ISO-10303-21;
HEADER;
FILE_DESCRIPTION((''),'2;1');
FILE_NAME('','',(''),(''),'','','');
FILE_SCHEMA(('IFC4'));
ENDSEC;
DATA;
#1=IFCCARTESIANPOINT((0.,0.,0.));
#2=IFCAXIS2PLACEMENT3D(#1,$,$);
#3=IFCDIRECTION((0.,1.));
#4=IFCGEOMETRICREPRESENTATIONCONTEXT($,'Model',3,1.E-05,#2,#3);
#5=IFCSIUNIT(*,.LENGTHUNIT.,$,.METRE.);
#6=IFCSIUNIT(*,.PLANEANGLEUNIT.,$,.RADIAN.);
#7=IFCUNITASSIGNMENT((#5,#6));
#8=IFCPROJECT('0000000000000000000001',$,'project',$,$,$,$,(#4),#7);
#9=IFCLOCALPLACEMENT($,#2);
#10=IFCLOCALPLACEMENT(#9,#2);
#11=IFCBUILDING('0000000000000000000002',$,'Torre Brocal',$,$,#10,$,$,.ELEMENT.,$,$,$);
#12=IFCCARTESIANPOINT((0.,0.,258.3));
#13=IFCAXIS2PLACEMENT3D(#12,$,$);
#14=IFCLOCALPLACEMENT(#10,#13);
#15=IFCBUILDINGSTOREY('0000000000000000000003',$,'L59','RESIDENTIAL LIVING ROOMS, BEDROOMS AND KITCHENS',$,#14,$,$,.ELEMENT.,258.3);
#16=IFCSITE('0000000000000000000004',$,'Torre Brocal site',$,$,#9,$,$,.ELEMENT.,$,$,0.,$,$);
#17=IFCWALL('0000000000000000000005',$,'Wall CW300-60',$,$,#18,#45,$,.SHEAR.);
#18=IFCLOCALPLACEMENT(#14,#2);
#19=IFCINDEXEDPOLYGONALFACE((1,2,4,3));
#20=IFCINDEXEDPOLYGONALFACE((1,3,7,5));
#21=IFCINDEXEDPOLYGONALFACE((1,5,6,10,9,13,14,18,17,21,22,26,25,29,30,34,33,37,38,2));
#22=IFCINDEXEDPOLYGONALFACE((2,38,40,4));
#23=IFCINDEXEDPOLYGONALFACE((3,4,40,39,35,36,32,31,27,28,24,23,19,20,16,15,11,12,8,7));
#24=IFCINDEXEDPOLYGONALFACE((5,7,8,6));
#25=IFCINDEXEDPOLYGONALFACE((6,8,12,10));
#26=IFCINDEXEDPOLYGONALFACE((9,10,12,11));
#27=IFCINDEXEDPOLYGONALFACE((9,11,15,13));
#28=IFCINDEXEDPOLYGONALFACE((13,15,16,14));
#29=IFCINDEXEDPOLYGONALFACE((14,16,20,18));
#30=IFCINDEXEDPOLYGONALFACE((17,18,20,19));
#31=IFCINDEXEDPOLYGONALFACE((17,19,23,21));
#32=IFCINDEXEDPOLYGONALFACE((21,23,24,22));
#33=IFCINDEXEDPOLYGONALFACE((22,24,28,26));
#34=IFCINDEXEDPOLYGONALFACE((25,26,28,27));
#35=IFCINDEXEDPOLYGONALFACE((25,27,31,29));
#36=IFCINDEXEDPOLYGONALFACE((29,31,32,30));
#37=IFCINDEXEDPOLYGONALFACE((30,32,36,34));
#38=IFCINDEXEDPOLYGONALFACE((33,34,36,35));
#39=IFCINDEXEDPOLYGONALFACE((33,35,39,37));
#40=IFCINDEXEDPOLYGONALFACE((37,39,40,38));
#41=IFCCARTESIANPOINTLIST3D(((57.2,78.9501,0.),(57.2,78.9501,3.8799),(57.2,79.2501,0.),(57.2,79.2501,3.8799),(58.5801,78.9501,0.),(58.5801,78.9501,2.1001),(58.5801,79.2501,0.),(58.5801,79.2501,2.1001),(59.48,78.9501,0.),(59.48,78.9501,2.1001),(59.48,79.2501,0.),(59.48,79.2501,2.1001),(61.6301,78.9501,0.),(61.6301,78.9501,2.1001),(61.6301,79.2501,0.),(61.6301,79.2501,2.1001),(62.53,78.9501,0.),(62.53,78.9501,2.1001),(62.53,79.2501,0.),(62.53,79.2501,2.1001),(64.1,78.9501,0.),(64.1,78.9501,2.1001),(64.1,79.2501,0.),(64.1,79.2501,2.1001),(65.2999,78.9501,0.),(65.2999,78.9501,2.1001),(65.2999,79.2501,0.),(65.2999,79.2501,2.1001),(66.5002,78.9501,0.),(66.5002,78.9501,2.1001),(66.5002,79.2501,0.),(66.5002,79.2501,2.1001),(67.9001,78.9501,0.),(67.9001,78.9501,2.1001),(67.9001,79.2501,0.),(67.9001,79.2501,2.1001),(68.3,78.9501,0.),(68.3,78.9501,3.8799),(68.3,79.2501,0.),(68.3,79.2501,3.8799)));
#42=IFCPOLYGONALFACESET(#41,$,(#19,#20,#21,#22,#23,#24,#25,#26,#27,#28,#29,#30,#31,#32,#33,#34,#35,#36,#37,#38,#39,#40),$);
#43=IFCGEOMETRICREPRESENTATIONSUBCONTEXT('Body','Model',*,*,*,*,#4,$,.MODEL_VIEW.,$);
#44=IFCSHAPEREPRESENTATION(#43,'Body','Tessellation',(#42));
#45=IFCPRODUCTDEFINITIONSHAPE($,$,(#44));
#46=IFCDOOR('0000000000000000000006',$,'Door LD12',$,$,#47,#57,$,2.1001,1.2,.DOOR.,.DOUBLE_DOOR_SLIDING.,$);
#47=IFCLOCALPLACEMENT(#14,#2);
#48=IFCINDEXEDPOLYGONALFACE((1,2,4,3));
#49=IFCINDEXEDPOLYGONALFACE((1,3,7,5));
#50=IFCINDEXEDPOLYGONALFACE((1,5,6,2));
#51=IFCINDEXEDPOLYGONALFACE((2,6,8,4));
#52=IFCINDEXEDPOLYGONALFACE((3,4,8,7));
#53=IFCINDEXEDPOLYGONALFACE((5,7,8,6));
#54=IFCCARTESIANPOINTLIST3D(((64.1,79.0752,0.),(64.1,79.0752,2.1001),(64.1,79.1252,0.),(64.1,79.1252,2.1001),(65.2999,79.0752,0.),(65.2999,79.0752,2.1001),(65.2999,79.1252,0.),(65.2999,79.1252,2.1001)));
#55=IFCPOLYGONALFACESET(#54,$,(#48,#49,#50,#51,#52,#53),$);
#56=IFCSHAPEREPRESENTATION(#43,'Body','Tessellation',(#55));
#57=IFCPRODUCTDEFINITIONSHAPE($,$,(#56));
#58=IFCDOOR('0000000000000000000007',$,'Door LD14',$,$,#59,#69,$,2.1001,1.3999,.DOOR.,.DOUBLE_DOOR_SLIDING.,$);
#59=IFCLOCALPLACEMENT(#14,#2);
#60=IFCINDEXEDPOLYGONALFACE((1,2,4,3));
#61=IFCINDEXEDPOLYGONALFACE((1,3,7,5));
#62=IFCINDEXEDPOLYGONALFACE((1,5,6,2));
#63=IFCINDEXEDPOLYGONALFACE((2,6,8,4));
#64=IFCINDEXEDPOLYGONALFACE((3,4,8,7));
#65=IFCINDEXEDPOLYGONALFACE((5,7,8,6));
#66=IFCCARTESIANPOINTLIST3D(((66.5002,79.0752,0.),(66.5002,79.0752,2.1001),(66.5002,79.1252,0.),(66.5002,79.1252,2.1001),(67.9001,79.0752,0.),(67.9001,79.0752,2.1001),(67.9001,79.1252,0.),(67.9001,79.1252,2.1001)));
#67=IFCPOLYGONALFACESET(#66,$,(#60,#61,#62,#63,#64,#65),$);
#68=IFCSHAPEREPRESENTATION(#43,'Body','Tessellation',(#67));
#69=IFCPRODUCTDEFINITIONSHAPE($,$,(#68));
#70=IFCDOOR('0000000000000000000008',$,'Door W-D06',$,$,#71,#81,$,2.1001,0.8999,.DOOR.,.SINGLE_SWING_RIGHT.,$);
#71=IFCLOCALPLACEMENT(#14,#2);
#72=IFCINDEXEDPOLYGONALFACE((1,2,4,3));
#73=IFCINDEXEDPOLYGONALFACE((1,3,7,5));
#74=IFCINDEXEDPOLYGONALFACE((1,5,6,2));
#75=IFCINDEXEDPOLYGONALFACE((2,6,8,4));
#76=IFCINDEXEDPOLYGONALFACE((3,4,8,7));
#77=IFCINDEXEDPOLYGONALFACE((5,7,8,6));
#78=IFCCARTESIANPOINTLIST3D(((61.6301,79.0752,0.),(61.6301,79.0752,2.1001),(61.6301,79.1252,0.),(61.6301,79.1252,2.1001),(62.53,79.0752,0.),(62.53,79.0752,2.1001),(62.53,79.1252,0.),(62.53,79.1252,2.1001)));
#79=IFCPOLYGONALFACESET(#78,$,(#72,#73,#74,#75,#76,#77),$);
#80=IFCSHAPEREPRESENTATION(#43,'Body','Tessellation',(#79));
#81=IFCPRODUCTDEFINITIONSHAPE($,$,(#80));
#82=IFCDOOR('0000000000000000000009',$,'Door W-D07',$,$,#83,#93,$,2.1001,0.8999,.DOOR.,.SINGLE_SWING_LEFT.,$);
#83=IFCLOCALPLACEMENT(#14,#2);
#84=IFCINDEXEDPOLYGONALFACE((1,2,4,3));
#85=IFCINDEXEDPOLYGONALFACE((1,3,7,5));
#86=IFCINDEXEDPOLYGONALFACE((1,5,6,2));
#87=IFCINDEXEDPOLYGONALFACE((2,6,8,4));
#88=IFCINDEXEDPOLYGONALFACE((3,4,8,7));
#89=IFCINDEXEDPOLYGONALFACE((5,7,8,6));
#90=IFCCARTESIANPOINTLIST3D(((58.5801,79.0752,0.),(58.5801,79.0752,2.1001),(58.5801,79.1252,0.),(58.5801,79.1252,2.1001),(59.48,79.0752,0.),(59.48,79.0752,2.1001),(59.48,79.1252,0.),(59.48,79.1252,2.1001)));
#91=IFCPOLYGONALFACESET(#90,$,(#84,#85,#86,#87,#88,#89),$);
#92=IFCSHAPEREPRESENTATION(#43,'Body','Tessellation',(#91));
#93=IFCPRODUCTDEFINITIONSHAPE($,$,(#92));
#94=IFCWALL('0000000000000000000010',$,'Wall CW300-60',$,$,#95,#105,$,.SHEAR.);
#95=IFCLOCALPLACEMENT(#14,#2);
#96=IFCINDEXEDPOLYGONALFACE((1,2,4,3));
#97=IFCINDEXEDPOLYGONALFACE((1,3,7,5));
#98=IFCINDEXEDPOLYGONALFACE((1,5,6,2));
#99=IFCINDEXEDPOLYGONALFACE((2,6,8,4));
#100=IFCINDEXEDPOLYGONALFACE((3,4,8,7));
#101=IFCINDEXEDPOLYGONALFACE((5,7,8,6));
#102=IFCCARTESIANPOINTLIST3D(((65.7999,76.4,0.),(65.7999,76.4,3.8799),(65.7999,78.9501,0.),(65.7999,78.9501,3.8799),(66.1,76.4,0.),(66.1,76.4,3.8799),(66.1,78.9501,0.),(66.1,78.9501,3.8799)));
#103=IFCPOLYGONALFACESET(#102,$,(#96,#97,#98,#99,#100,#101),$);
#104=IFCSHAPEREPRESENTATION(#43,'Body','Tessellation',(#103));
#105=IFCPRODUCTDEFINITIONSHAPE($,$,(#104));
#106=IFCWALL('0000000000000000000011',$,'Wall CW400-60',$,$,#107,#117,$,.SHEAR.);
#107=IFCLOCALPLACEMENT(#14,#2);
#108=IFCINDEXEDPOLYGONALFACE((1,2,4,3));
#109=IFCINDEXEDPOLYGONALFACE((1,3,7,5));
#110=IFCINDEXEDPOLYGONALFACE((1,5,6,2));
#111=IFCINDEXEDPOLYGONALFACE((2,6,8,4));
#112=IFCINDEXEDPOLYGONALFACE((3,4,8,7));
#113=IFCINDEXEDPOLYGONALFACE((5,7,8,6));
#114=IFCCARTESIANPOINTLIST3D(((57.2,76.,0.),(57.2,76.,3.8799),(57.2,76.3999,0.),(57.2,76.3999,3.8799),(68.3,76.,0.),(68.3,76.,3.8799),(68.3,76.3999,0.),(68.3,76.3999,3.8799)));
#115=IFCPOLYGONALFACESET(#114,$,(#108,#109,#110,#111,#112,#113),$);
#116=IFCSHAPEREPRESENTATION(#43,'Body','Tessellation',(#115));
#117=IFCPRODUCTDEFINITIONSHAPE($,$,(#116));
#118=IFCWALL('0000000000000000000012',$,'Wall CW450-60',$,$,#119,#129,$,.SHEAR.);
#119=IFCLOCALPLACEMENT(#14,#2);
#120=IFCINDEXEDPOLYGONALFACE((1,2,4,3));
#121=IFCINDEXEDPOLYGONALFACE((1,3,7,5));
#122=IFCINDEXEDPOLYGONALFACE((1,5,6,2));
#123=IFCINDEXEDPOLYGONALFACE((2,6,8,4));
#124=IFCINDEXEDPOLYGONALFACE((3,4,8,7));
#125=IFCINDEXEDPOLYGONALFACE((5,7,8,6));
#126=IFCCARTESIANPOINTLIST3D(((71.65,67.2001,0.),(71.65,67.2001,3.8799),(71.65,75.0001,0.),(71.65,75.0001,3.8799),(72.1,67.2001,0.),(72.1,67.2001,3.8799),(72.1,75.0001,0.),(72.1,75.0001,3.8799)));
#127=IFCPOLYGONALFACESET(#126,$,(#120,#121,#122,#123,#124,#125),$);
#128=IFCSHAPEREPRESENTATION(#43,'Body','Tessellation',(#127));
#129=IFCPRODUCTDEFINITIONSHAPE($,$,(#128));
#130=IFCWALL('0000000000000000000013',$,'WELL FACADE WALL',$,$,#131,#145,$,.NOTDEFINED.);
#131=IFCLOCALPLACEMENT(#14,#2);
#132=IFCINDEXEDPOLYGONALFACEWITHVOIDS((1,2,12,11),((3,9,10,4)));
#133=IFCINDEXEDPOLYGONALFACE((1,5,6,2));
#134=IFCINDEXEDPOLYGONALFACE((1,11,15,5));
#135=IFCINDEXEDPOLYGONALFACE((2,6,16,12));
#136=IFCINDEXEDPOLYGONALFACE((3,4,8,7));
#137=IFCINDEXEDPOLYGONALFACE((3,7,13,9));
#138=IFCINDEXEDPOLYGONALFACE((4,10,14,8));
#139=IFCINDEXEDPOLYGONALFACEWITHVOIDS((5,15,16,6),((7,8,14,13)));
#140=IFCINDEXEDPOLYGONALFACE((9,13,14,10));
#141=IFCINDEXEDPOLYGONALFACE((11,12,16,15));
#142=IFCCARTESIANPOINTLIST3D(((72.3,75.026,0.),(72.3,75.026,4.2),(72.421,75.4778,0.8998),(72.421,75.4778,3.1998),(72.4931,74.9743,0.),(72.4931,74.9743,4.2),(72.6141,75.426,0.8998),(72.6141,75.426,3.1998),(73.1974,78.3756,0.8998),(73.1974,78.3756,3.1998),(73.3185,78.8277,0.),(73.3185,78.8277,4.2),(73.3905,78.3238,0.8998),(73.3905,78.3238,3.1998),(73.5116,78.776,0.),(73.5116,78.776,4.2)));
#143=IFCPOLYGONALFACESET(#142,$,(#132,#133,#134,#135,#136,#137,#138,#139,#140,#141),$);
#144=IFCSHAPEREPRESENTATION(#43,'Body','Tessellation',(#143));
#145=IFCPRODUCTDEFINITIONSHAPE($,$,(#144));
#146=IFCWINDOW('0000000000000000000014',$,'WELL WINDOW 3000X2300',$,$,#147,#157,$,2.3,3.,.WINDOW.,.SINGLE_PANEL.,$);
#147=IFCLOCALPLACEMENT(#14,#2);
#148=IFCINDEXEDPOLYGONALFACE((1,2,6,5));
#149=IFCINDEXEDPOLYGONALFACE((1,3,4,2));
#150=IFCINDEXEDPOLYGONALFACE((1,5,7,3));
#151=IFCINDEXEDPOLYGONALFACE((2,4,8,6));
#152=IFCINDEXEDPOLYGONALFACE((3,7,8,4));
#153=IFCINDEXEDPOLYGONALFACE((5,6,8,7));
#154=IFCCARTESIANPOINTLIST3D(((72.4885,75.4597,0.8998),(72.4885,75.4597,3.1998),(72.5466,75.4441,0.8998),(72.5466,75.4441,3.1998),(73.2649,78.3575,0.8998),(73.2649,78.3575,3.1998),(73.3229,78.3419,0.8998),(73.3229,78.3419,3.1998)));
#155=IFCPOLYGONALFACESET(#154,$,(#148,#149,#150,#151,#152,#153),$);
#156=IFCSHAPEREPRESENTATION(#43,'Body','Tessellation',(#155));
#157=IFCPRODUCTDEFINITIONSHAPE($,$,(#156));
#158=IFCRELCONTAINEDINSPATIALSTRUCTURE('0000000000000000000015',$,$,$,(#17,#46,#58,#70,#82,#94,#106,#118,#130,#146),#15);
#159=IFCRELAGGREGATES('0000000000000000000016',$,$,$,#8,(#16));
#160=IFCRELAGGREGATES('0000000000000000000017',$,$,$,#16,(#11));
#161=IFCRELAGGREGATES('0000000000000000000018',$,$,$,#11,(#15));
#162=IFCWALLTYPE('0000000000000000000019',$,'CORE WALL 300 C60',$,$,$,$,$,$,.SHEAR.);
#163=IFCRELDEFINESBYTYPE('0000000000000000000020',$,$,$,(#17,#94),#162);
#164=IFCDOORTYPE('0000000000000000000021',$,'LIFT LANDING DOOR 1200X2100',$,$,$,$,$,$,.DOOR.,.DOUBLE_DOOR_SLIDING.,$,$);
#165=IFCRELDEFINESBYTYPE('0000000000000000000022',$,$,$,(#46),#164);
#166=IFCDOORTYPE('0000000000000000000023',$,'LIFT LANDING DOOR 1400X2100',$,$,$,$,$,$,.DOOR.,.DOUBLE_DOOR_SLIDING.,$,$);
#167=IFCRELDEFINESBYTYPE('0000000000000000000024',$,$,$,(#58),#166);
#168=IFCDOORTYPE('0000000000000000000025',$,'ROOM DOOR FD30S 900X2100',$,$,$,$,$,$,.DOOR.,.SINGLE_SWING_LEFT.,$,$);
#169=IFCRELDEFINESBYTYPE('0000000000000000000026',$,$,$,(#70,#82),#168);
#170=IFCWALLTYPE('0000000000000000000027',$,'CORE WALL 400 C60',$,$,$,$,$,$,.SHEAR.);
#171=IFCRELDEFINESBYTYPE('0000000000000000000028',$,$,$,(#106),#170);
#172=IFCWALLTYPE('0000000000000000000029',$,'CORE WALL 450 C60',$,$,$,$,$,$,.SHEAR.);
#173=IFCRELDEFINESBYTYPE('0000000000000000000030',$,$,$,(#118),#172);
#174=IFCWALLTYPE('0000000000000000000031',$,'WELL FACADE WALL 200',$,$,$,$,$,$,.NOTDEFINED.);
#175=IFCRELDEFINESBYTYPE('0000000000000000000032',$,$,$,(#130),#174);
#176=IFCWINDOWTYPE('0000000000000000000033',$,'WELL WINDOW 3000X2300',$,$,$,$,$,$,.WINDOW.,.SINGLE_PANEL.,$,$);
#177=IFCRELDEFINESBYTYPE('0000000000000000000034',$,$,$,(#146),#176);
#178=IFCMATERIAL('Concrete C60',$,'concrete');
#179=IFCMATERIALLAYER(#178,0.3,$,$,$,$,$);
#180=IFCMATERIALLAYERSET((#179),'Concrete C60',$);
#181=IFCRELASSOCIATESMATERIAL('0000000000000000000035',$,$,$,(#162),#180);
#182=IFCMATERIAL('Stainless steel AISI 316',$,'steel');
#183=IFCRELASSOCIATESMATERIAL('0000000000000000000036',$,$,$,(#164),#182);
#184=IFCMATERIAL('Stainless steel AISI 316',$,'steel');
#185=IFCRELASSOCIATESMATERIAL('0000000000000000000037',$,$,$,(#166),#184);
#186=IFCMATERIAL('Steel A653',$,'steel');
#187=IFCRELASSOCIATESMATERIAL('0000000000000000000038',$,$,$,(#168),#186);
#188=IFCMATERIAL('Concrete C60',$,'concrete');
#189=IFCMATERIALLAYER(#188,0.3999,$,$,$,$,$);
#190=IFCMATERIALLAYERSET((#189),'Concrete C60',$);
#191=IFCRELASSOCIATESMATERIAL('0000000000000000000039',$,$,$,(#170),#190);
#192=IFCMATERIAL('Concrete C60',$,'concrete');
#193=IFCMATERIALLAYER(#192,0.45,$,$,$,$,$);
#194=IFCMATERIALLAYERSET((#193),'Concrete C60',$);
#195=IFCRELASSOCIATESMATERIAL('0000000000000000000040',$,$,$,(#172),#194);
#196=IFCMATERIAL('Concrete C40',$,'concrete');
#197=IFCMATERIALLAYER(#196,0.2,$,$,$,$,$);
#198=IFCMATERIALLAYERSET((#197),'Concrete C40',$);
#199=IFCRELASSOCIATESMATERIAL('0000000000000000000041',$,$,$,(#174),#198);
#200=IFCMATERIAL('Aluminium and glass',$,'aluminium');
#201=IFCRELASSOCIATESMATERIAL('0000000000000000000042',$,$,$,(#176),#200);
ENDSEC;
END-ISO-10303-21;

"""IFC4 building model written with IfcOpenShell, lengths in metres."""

from ifc_helpers import new_model, si_unit, direction, frame, frame_2d, origin, place, context, subcontext, project, spatial, rectangle, extrude, material, layer, layer_set, type_object, element, fill, save


model = new_model("IFC4")

# Units and contexts
model_context = context("Model", 3, precision=1e-05, world=origin(), true_north=direction((0.0, 1.0)))
body_context = subcontext(model_context, "Body", "Model", "MODEL_VIEW")
ifc_project = project(units=[si_unit("LENGTHUNIT", "METRE"), si_unit("PLANEANGLEUNIT", "RADIAN")], contexts=[model_context])

# Site, building, storey
site_placement = place(None, origin())
site = spatial("IfcSite", under=ifc_project, at=site_placement, Name="Torre Brocal site", CompositionType="ELEMENT", RefElevation=0.0)
building_placement = place(site_placement, origin())
building = spatial("IfcBuilding", under=site, at=building_placement, Name="Torre Brocal", CompositionType="ELEMENT")
storey_placement = place(building_placement, frame((0.0, 0.0, 258.3)))
storey = spatial("IfcBuildingStorey", under=building, at=storey_placement, Name="L59", Description="RESIDENTIAL LIVING ROOMS, BEDROOMS AND KITCHENS", CompositionType="ELEMENT", Elevation=258.3)

# Shared definitions
ifc_material_1 = material(Name="Concrete C60", Category="concrete")
ifc_layer_1 = layer(ifc_material_1, 0.3)
ifc_layer_set_1 = layer_set([ifc_layer_1], Name="Concrete C60")
wall_type_1 = type_object("IfcWallType", Name="CORE WALL 300 C60", PredefinedType="SHEAR", material=ifc_layer_set_1)

# Wall, openings, doors
wall_1_placement = place(storey_placement, frame((68.3, 79.1001, 0.0), z_axis=(0.0, 0.0, 1.0), x_axis=(-1.0, 0.0, 0.0)))
wall_1 = element("IfcWall", 1, at=wall_1_placement, inside=storey, type_object=wall_type_1, Name="Wall CW300-60", PredefinedType="SHEAR", context=body_context, shape_type="SweptSolid", body=[
    extrude(rectangle(XDim=11.1001, YDim=0.3, at=frame_2d((5.55, 0.0))), origin(), (0.0, 0.0, 1.0), 3.8799),
])
opening_1_placement = place(wall_1_placement, frame((0.3999, 0.0, 0.0)))
opening_1 = element("IfcOpeningElement", 2, at=opening_1_placement, cuts=wall_1, PredefinedType="OPENING", context=body_context, shape_type="SweptSolid", body=[
    extrude(rectangle(XDim=1.3999, YDim=2.1001, at=frame_2d((0.7, 1.05))), frame((0.0, 0.1599, 0.0), z_axis=(0.0, -1.0, 0.0), x_axis=(1.0, 0.0, 0.0)), (0.0, 0.0, 1.0), 0.3201),
])
opening_2_placement = place(wall_1_placement, frame((3.0, 0.0, 0.0)))
opening_2 = element("IfcOpeningElement", 3, at=opening_2_placement, cuts=wall_1, PredefinedType="OPENING", context=body_context, shape_type="SweptSolid", body=[
    extrude(rectangle(XDim=1.2, YDim=2.1001, at=frame_2d((0.6001, 1.05))), frame((0.0, 0.1599, 0.0), z_axis=(0.0, -1.0, 0.0), x_axis=(1.0, 0.0, 0.0)), (0.0, 0.0, 1.0), 0.3201),
])
opening_3_placement = place(wall_1_placement, frame((5.77, 0.0, 0.0)))
opening_3 = element("IfcOpeningElement", 4, at=opening_3_placement, cuts=wall_1, PredefinedType="OPENING", context=body_context, shape_type="SweptSolid", body=[
    extrude(rectangle(XDim=0.8999, YDim=2.1001, at=frame_2d((0.45, 1.05))), frame((0.0, 0.1599, 0.0), z_axis=(0.0, -1.0, 0.0), x_axis=(1.0, 0.0, 0.0)), (0.0, 0.0, 1.0), 0.3201),
])
opening_4_placement = place(wall_1_placement, frame((8.8201, 0.0, 0.0)))
opening_4 = element("IfcOpeningElement", 5, at=opening_4_placement, cuts=wall_1, PredefinedType="OPENING", context=body_context, shape_type="SweptSolid", body=[
    extrude(rectangle(XDim=0.8999, YDim=2.1001, at=frame_2d((0.45, 1.05))), frame((0.0, 0.1599, 0.0), z_axis=(0.0, -1.0, 0.0), x_axis=(1.0, 0.0, 0.0)), (0.0, 0.0, 1.0), 0.3201),
])
ifc_material_2 = material(Name="Stainless steel AISI 316", Category="steel")
door_type_1 = type_object("IfcDoorType", Name="LIFT LANDING DOOR 1200X2100", OperationType="DOUBLE_DOOR_SLIDING", PredefinedType="DOOR", material=ifc_material_2)
door_1_placement = place(opening_2_placement, origin())
door_1 = element("IfcDoor", 6, at=door_1_placement, inside=storey, type_object=door_type_1, Name="Door LD12", OperationType="DOUBLE_DOOR_SLIDING", OverallHeight=2.1001, OverallWidth=1.2, PredefinedType="DOOR", context=body_context, shape_type="SweptSolid", body=[
    extrude(rectangle(XDim=1.2, YDim=2.1001, at=frame_2d((0.6001, 1.05))), frame((0.0, 0.0249, 0.0), z_axis=(0.0, -1.0, 0.0), x_axis=(1.0, 0.0, 0.0)), (0.0, 0.0, 1.0), 0.05),
])
fill(opening_2, door_1)
ifc_material_3 = material(Name="Stainless steel AISI 316", Category="steel")
door_type_2 = type_object("IfcDoorType", Name="LIFT LANDING DOOR 1400X2100", OperationType="DOUBLE_DOOR_SLIDING", PredefinedType="DOOR", material=ifc_material_3)
door_2_placement = place(opening_1_placement, origin())
door_2 = element("IfcDoor", 7, at=door_2_placement, inside=storey, type_object=door_type_2, Name="Door LD14", OperationType="DOUBLE_DOOR_SLIDING", OverallHeight=2.1001, OverallWidth=1.3999, PredefinedType="DOOR", context=body_context, shape_type="SweptSolid", body=[
    extrude(rectangle(XDim=1.3999, YDim=2.1001, at=frame_2d((0.7, 1.05))), frame((0.0, 0.0249, 0.0), z_axis=(0.0, -1.0, 0.0), x_axis=(1.0, 0.0, 0.0)), (0.0, 0.0, 1.0), 0.05),
])
fill(opening_1, door_2)
ifc_material_4 = material(Name="Steel A653", Category="steel")
door_type_3 = type_object("IfcDoorType", Name="ROOM DOOR FD30S 900X2100", OperationType="SINGLE_SWING_LEFT", PredefinedType="DOOR", material=ifc_material_4)
door_3_placement = place(opening_3_placement, origin())
door_3 = element("IfcDoor", 8, at=door_3_placement, inside=storey, type_object=door_type_3, Name="Door W-D06", OperationType="SINGLE_SWING_RIGHT", OverallHeight=2.1001, OverallWidth=0.8999, PredefinedType="DOOR", context=body_context, shape_type="SweptSolid", body=[
    extrude(rectangle(XDim=0.8999, YDim=2.1001, at=frame_2d((0.45, 1.05))), frame((0.0, 0.0249, 0.0), z_axis=(0.0, -1.0, 0.0), x_axis=(1.0, 0.0, 0.0)), (0.0, 0.0, 1.0), 0.05),
])
fill(opening_3, door_3)
door_4_placement = place(opening_4_placement, origin())
door_4 = element("IfcDoor", 9, at=door_4_placement, inside=storey, type_object=door_type_3, Name="Door W-D07", OperationType="SINGLE_SWING_LEFT", OverallHeight=2.1001, OverallWidth=0.8999, PredefinedType="DOOR", context=body_context, shape_type="SweptSolid", body=[
    extrude(rectangle(XDim=0.8999, YDim=2.1001, at=frame_2d((0.45, 1.05))), frame((0.0, 0.0249, 0.0), z_axis=(0.0, -1.0, 0.0), x_axis=(1.0, 0.0, 0.0)), (0.0, 0.0, 1.0), 0.05),
])
fill(opening_4, door_4)

# Walls
wall_2_placement = place(storey_placement, frame((65.95, 78.95, 0.0), z_axis=(0.0, 0.0, 1.0), x_axis=(0.0, -1.0, 0.0)))
element("IfcWall", 10, at=wall_2_placement, inside=storey, type_object=wall_type_1, Name="Wall CW300-60", PredefinedType="SHEAR", context=body_context, shape_type="SweptSolid", body=[
    extrude(rectangle(XDim=2.55, YDim=0.3, at=frame_2d((1.2749, 0.0))), origin(), (0.0, 0.0, 1.0), 3.8799),
])
ifc_material_5 = material(Name="Concrete C60", Category="concrete")
ifc_layer_2 = layer(ifc_material_5, 0.3999)
ifc_layer_set_2 = layer_set([ifc_layer_2], Name="Concrete C60")
wall_type_2 = type_object("IfcWallType", Name="CORE WALL 400 C60", PredefinedType="SHEAR", material=ifc_layer_set_2)
wall_3_placement = place(storey_placement, frame((68.3, 76.2, 0.0), z_axis=(0.0, 0.0, 1.0), x_axis=(-1.0, 0.0, 0.0)))
element("IfcWall", 11, at=wall_3_placement, inside=storey, type_object=wall_type_2, Name="Wall CW400-60", PredefinedType="SHEAR", context=body_context, shape_type="SweptSolid", body=[
    extrude(rectangle(XDim=11.1001, YDim=0.3999, at=frame_2d((5.55, 0.0))), origin(), (0.0, 0.0, 1.0), 3.8799),
])
ifc_material_6 = material(Name="Concrete C60", Category="concrete")
ifc_layer_3 = layer(ifc_material_6, 0.45)
ifc_layer_set_3 = layer_set([ifc_layer_3], Name="Concrete C60")
wall_type_3 = type_object("IfcWallType", Name="CORE WALL 450 C60", PredefinedType="SHEAR", material=ifc_layer_set_3)
wall_4_placement = place(storey_placement, frame((71.875, 75.0, 0.0), z_axis=(0.0, 0.0, 1.0), x_axis=(0.0, -1.0, 0.0)))
element("IfcWall", 12, at=wall_4_placement, inside=storey, type_object=wall_type_3, Name="Wall CW450-60", PredefinedType="SHEAR", context=body_context, shape_type="SweptSolid", body=[
    extrude(rectangle(XDim=7.8, YDim=0.45, at=frame_2d((3.8999, 0.0))), origin(), (0.0, 0.0, 1.0), 3.8799),
])

# Wall, opening, window
ifc_material_7 = material(Name="Concrete C40", Category="concrete")
ifc_layer_4 = layer(ifc_material_7, 0.2)
ifc_layer_set_4 = layer_set([ifc_layer_4], Name="Concrete C40")
wall_type_4 = type_object("IfcWallType", Name="WELL FACADE WALL 200", PredefinedType="NOTDEFINED", material=ifc_layer_set_4)
wall_5_placement = place(storey_placement, frame((73.415, 78.8018, 0.0), z_axis=(0.0, 0.0, 1.0), x_axis=(-0.25879, -0.965934, 0.0)))
wall_5 = element("IfcWall", 13, at=wall_5_placement, inside=storey, type_object=wall_type_4, Name="WELL FACADE WALL", PredefinedType="NOTDEFINED", context=body_context, shape_type="SweptSolid", body=[
    extrude(rectangle(XDim=3.9358, YDim=0.2, at=frame_2d((1.9678, 0.0))), origin(), (0.0, 0.0, 1.0), 4.2),
])
opening_5_placement = place(wall_5_placement, frame((0.468, 0.0, 0.8999)))
opening_5 = element("IfcOpeningElement", 14, at=opening_5_placement, cuts=wall_5, PredefinedType="OPENING", context=body_context, shape_type="SweptSolid", body=[
    extrude(rectangle(XDim=3.0, YDim=2.3, at=frame_2d((1.5, 1.1499))), frame((0.0, 0.1099, 0.0), z_axis=(0.0, -1.0, 0.0), x_axis=(1.0, 0.0, 0.0)), (0.0, 0.0, 1.0), 0.22),
])
ifc_material_8 = material(Name="Aluminium and glass", Category="aluminium")
window_type = type_object("IfcWindowType", Name="WELL WINDOW 3000X2300", PartitioningType="SINGLE_PANEL", PredefinedType="WINDOW", material=ifc_material_8)
window_1_placement = place(opening_5_placement, origin())
window_1 = element("IfcWindow", 15, at=window_1_placement, inside=storey, type_object=window_type, Name="WELL WINDOW 3000X2300", OverallHeight=2.3, OverallWidth=3.0, PartitioningType="SINGLE_PANEL", PredefinedType="WINDOW", context=body_context, shape_type="SweptSolid", body=[
    extrude(rectangle(XDim=3.0, YDim=2.3, at=frame_2d((1.5, 1.1499))), frame((0.0, 0.03, 0.0), z_axis=(0.0, -1.0, 0.0), x_axis=(1.0, 0.0, 0.0)), (0.0, 0.0, 1.0), 0.0601),
])
fill(opening_5, window_1)

save(model, "model.ifc")
